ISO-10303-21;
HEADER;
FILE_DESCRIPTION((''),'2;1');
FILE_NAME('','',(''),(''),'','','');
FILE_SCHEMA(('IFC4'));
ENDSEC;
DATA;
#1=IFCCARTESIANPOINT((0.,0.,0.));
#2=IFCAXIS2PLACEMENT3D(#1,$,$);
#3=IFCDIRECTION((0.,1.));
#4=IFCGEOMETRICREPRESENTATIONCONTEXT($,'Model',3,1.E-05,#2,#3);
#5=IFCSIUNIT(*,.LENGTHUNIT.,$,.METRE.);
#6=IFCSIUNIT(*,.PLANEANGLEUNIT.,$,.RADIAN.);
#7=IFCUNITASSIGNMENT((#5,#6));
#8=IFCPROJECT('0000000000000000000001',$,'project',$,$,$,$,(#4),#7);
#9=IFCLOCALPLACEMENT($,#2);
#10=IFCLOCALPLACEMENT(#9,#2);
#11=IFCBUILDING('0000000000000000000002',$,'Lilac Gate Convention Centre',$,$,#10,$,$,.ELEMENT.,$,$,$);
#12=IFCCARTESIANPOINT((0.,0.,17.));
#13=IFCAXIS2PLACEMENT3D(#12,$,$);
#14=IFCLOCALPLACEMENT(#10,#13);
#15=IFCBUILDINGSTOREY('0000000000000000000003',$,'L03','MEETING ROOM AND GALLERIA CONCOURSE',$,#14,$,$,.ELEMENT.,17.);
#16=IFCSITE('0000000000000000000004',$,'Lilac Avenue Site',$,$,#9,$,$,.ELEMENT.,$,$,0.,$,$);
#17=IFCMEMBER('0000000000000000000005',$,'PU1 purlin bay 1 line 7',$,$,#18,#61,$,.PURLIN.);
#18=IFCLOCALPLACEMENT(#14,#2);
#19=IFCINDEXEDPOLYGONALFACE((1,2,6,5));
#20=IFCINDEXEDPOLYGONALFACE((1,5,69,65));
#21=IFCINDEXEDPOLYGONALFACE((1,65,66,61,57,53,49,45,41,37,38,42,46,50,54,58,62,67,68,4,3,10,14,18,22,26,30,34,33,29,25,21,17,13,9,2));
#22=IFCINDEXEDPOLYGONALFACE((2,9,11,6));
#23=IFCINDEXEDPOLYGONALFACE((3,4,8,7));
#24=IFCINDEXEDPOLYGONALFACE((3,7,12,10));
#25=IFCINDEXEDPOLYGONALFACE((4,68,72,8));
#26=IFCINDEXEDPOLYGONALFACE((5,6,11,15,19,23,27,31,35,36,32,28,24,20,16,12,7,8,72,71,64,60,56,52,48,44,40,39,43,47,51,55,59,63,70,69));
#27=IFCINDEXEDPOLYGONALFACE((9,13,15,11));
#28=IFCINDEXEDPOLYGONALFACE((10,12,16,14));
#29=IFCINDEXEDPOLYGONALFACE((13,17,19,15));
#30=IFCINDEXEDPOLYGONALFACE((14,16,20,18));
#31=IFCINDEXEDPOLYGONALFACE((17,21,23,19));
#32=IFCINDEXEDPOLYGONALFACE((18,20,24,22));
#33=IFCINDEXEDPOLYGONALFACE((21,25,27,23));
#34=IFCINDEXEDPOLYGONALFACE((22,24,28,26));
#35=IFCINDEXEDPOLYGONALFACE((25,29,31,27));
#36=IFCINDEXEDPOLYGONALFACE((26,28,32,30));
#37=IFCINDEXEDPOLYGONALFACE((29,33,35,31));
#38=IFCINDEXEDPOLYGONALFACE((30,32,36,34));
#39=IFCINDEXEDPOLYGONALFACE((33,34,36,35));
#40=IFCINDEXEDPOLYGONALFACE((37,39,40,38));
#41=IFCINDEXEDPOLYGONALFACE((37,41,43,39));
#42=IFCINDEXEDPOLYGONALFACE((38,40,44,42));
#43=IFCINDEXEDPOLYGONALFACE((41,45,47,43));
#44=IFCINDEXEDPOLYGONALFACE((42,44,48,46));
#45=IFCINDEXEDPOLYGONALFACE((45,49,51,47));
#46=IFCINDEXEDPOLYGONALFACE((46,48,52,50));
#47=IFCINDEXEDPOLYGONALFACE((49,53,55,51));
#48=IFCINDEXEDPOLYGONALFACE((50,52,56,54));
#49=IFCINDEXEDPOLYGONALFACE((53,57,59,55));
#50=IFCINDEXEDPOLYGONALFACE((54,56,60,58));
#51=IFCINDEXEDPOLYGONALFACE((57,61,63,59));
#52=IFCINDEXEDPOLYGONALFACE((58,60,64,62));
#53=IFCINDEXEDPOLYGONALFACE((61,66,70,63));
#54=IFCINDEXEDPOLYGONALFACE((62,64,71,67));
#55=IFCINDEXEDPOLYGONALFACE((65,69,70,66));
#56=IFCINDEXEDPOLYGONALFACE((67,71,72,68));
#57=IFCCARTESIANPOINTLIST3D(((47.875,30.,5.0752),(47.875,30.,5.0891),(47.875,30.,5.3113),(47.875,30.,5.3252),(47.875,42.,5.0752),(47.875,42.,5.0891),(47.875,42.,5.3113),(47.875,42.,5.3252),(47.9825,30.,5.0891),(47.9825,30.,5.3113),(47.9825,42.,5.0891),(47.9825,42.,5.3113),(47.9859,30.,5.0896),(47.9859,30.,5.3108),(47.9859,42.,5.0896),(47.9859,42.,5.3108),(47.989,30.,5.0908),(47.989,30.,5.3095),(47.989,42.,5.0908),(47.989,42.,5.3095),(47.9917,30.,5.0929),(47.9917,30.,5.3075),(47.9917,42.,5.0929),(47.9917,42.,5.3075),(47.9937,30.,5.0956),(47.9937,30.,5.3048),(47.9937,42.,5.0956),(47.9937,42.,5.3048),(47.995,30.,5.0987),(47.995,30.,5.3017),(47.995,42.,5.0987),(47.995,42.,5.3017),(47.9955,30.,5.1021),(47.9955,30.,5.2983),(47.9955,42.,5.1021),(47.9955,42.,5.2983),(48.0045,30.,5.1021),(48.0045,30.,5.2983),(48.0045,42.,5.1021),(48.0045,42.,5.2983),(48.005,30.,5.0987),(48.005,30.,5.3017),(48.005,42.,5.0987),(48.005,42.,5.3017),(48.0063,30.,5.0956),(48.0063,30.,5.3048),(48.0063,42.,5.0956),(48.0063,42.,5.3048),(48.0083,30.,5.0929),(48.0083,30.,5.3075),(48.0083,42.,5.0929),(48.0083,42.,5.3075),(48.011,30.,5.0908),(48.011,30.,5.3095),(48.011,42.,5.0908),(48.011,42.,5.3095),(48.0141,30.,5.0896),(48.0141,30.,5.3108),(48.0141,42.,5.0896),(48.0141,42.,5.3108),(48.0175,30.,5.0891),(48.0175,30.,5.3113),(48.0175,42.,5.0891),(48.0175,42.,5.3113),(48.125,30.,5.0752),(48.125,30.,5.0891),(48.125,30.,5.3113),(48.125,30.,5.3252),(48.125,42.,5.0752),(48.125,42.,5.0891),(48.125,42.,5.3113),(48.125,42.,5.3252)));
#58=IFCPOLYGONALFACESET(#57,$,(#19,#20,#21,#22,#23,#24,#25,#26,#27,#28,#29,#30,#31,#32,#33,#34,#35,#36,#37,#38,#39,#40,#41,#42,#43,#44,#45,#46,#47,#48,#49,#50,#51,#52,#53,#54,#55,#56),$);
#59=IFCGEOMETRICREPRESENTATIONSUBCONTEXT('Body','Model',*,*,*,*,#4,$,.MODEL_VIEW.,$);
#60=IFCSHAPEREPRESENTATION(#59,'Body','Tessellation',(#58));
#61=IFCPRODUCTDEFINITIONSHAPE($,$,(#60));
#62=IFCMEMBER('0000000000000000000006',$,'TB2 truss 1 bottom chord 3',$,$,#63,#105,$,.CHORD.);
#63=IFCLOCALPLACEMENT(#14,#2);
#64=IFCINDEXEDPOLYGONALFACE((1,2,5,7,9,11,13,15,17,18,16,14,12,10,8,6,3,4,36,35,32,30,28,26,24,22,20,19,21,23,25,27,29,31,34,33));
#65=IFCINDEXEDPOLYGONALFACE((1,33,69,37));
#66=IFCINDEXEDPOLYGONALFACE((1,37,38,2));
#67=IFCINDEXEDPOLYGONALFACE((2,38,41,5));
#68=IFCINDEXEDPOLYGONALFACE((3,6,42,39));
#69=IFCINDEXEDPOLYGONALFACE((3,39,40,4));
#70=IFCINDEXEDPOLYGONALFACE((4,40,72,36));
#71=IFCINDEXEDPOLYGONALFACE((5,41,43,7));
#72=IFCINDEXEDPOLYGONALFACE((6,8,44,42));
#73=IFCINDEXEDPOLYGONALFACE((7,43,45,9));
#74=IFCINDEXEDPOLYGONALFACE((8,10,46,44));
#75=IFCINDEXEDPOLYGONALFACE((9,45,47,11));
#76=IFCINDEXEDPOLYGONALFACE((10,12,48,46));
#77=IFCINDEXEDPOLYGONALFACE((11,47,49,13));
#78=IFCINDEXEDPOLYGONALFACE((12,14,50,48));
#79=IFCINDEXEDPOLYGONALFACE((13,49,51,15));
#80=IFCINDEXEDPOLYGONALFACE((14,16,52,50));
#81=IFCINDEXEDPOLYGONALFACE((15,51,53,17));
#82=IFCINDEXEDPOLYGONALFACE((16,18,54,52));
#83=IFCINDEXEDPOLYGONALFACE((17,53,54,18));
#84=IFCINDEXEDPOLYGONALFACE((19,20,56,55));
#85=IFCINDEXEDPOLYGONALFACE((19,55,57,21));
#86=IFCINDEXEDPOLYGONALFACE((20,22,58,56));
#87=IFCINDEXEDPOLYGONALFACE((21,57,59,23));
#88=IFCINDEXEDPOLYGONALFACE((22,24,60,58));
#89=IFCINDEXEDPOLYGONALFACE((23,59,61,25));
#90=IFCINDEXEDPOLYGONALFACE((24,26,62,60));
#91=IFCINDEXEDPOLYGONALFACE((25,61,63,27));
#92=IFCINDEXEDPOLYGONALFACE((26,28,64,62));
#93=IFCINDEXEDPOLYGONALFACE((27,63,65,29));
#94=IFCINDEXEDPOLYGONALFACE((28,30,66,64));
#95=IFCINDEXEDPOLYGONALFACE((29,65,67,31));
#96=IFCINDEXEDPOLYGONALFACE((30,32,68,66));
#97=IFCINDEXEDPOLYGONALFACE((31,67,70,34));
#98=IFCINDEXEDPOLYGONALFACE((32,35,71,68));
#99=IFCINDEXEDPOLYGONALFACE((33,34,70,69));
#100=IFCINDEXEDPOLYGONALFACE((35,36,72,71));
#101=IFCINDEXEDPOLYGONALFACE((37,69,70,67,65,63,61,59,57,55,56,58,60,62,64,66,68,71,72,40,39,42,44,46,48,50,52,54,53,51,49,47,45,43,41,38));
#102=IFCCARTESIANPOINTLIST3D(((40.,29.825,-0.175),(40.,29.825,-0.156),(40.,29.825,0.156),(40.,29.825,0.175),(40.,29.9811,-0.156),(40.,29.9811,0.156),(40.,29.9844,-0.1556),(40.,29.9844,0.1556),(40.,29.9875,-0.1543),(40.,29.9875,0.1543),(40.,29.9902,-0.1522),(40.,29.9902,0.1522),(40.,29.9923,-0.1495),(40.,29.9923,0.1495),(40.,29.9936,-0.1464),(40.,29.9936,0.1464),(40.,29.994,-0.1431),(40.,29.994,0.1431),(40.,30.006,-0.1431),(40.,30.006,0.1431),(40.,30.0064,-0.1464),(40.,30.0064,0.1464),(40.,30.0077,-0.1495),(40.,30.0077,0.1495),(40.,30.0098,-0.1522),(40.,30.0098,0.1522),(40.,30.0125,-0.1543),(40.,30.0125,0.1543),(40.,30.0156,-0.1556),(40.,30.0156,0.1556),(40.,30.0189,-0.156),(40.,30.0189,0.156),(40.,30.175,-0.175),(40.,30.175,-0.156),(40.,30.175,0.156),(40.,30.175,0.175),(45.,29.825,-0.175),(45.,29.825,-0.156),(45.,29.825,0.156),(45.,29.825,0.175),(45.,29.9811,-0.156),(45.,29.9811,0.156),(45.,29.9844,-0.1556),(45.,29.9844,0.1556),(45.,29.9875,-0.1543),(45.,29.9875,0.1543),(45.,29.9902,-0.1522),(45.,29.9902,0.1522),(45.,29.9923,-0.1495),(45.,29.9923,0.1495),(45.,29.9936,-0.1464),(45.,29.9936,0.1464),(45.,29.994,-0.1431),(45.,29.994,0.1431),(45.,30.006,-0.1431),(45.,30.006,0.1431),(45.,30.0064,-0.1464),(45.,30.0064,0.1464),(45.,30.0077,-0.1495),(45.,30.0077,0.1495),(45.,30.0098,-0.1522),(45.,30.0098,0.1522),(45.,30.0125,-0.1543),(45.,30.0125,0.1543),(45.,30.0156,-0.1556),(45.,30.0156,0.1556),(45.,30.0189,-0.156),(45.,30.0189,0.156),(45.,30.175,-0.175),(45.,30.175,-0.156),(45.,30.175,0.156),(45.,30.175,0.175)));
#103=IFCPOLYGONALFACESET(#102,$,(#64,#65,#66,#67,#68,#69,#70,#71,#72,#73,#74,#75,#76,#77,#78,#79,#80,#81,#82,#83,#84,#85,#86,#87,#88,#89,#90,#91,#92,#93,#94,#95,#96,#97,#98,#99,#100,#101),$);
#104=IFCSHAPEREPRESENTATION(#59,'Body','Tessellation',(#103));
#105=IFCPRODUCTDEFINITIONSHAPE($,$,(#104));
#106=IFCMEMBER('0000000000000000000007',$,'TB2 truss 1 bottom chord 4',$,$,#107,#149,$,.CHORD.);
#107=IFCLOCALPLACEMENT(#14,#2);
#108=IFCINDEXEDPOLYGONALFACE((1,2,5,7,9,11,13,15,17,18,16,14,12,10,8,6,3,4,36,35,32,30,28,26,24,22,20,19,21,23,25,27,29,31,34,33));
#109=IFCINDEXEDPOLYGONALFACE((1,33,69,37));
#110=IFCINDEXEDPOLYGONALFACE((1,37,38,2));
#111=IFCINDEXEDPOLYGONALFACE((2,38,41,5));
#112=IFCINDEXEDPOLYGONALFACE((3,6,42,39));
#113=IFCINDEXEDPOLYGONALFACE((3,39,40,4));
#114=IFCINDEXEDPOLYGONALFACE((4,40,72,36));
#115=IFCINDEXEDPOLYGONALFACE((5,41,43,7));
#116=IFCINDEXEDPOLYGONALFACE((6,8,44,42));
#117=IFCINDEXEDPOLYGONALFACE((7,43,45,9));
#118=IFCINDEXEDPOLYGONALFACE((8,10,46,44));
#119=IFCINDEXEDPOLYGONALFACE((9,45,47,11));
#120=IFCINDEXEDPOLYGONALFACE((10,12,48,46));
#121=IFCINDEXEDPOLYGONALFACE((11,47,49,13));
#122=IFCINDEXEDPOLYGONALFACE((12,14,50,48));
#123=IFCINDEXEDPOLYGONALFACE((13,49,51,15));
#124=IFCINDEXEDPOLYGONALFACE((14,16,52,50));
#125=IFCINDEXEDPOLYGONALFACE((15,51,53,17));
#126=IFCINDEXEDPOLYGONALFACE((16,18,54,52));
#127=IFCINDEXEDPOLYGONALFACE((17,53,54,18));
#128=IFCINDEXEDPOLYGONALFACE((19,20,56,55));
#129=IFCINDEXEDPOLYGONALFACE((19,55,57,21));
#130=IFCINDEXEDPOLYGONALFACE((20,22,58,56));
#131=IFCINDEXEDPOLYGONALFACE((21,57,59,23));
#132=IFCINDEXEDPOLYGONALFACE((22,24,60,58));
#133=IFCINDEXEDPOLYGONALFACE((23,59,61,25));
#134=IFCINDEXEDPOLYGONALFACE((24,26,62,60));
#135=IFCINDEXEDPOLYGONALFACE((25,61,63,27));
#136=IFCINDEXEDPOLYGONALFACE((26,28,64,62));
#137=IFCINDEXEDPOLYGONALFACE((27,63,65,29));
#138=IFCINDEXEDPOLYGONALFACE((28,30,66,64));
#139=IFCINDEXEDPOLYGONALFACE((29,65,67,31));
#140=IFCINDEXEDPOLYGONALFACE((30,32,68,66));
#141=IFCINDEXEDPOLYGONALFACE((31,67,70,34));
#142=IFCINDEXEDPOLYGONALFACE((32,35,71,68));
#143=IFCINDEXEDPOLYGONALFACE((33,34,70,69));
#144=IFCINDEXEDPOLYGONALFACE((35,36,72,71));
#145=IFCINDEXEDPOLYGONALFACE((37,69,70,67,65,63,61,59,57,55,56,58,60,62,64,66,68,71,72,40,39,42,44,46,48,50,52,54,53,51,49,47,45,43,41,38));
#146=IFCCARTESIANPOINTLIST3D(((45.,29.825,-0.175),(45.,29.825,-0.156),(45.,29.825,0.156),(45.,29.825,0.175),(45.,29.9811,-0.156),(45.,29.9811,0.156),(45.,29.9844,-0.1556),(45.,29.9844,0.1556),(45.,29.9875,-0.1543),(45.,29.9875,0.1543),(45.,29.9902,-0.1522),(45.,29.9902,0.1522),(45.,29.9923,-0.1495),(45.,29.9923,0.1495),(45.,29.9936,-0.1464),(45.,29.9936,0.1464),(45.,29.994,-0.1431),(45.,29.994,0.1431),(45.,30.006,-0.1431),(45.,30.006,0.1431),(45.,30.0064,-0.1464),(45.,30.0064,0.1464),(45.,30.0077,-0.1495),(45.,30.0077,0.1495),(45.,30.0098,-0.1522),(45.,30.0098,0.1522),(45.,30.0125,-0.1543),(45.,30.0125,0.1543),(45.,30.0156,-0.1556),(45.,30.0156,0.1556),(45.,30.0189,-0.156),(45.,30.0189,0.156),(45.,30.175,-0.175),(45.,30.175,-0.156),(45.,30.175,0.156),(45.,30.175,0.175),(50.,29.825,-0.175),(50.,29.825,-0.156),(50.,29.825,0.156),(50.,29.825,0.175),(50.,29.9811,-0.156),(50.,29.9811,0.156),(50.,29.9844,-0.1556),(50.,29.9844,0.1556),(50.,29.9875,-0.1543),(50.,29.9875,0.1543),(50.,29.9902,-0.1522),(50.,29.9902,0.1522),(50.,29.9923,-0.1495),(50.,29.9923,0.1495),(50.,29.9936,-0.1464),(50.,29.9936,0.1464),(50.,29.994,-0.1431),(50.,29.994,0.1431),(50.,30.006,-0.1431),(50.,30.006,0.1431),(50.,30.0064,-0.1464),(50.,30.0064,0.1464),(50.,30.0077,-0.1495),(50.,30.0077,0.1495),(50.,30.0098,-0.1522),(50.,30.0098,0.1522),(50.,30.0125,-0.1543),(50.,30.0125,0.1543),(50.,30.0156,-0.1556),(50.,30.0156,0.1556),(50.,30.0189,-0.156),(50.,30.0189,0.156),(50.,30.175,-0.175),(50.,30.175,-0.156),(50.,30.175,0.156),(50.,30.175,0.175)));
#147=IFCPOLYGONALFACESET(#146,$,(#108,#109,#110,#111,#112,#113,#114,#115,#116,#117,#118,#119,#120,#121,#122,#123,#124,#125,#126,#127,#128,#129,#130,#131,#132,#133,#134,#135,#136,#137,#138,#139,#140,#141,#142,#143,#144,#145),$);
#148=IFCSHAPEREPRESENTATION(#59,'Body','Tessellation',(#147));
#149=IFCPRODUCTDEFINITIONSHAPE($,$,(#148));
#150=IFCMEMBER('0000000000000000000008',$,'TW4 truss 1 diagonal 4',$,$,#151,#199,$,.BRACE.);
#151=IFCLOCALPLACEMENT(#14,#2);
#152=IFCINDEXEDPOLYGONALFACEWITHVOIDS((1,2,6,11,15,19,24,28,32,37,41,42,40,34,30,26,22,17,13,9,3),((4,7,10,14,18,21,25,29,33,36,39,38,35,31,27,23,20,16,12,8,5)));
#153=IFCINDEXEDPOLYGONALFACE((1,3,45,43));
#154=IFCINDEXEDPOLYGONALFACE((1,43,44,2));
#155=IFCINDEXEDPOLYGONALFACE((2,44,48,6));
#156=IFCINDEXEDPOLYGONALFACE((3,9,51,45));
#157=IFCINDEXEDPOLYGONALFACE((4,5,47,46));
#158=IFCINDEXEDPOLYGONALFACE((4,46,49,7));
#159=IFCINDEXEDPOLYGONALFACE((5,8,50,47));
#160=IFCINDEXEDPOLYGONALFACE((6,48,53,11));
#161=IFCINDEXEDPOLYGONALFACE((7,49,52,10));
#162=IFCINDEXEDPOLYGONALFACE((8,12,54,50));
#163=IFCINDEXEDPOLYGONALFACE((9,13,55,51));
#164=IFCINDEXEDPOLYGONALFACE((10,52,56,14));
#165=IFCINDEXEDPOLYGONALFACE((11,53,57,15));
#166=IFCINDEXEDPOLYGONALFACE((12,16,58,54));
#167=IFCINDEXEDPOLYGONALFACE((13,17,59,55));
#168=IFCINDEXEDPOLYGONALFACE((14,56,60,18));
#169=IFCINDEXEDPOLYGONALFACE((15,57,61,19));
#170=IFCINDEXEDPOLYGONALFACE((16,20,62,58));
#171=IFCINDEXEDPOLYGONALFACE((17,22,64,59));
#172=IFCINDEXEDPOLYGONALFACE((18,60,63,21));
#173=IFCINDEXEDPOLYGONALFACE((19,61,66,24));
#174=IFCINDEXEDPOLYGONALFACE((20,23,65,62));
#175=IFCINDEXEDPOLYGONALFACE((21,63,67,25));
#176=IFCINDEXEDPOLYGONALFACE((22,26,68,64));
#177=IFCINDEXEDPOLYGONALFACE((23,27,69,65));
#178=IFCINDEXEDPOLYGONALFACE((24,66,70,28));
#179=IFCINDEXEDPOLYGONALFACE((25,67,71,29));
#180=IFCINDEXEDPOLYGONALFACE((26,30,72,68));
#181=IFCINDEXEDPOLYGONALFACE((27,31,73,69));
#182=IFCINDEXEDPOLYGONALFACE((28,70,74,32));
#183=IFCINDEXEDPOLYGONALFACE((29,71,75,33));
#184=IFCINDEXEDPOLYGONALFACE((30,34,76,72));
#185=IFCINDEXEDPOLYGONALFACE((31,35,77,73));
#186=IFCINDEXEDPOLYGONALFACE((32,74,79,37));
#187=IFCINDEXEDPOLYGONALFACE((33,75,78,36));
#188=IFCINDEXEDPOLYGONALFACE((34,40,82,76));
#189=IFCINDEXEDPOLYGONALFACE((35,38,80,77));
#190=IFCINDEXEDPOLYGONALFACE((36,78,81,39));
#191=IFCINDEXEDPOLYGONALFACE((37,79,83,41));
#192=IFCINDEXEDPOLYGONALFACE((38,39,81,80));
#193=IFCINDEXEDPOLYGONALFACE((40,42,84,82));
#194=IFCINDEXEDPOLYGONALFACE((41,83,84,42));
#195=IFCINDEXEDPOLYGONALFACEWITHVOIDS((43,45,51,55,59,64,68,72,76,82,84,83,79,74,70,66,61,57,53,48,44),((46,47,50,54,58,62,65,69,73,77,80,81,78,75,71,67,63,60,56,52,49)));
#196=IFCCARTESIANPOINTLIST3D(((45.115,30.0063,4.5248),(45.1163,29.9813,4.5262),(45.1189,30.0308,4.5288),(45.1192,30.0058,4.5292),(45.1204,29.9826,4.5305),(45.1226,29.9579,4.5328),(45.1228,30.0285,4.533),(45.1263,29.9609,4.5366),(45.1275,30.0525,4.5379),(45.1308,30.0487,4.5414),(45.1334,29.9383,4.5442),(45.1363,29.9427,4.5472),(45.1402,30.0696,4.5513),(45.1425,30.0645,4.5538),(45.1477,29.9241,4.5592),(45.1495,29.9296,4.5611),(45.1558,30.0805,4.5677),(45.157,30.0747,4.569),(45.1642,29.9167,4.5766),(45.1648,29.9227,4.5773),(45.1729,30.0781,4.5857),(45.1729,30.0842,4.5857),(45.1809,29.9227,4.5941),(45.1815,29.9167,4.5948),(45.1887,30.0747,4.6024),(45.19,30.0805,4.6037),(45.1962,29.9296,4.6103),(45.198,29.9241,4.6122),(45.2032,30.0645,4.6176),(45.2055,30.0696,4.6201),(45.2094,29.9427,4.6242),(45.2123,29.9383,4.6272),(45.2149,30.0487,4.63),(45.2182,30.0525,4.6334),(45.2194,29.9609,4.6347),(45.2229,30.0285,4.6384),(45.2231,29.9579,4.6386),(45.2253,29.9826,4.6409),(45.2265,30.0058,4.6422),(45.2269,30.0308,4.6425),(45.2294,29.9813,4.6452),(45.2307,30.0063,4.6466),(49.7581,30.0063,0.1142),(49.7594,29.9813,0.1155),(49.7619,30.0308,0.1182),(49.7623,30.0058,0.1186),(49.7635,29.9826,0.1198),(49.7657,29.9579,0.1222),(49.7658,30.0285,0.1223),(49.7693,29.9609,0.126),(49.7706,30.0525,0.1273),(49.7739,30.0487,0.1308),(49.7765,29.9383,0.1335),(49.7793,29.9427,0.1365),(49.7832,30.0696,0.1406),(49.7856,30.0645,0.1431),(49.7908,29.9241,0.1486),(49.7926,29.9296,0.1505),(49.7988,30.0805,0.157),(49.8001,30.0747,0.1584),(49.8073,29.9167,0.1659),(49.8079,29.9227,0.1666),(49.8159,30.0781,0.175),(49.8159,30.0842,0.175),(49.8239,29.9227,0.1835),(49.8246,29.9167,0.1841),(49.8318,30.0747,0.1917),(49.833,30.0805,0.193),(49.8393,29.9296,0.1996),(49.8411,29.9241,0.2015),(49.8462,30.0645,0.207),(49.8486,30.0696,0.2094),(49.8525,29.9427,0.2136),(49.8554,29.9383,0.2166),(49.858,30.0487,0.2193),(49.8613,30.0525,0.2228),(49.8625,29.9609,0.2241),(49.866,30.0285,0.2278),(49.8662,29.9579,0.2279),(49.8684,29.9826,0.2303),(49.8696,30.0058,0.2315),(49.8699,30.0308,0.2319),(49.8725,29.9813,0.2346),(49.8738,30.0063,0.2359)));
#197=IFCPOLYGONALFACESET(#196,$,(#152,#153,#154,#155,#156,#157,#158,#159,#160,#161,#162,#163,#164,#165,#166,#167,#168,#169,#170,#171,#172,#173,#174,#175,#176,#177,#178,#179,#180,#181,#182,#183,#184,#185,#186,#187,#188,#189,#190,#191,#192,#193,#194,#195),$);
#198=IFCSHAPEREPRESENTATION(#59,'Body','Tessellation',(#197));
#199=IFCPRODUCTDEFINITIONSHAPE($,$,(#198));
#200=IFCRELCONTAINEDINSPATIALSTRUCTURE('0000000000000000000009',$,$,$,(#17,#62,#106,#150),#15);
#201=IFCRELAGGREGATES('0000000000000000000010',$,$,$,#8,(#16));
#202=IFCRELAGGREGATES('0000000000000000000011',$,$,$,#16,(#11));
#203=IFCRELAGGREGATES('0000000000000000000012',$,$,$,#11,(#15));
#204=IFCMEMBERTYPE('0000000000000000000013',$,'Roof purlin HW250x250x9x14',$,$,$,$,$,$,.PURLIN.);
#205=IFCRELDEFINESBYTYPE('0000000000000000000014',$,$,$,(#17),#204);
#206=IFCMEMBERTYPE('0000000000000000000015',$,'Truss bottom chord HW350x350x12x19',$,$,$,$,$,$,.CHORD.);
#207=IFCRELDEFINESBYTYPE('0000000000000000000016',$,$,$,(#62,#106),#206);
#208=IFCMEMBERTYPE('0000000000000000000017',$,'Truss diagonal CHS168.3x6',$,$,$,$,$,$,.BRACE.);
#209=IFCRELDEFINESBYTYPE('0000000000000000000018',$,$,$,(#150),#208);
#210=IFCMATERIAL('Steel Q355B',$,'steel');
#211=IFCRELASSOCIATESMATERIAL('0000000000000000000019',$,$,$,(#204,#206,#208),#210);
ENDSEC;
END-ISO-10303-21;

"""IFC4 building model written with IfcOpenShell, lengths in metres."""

from ifc_helpers import new_model, si_unit, direction, frame, origin, origin_2d, place, context, subcontext, project, spatial, hollow_circle, i_section, extrude, material, material_profile, profile_set, type_object, element, save


model = new_model("IFC4")

# Units and contexts
model_context = context("Model", 3, precision=1e-05, world=origin(), true_north=direction((0.0, 1.0)))
body_context = subcontext(model_context, "Body", "Model", "MODEL_VIEW")
ifc_project = project(units=[si_unit("LENGTHUNIT", "METRE"), si_unit("PLANEANGLEUNIT", "RADIAN")], contexts=[model_context])

# Site, building, storey
site_placement = place(None, origin())
site = spatial("IfcSite", under=ifc_project, at=site_placement, Name="Lilac Avenue Site", CompositionType="ELEMENT", RefElevation=0.0)
building_placement = place(site_placement, origin())
building = spatial("IfcBuilding", under=site, at=building_placement, Name="Lilac Gate Convention Centre", CompositionType="ELEMENT")
storey_placement = place(building_placement, frame((0.0, 0.0, 17.0)))
storey = spatial("IfcBuildingStorey", under=building, at=storey_placement, Name="L03", Description="MEETING ROOM AND GALLERIA CONCOURSE", CompositionType="ELEMENT", Elevation=17.0)

# Members
ifc_material = material(Name="Steel Q355B", Category="steel")
ifc_material_profile_1 = material_profile(ifc_material, i_section(OverallWidth=0.25, OverallDepth=0.25, WebThickness=0.009, FlangeThickness=0.0139, FilletRadius=0.0129, at=origin_2d()), Name="HW250x250x9x14")
ifc_profile_set_1 = profile_set([ifc_material_profile_1], Name="Steel Q355B")
member_type_1 = type_object("IfcMemberType", Name="Roof purlin HW250x250x9x14", PredefinedType="PURLIN", material=ifc_profile_set_1)
for number, where, z_axis, x_axis, name in (
    (1, (48.0, 30.0, 5.2002), (0.0, 1.0, 0.0), (-1.0, 0.0, 0.0), "PU1 purlin bay 1 line 7"),
):
    element("IfcMember", number, at=place(storey_placement, frame(where, z_axis=z_axis, x_axis=x_axis)), inside=storey, type_object=member_type_1, Name=name, PredefinedType="PURLIN", context=body_context, shape_type="SweptSolid", body=[
        extrude(i_section(OverallWidth=0.25, OverallDepth=0.25, WebThickness=0.009, FlangeThickness=0.0139, FilletRadius=0.0129, at=origin_2d()), origin(), (0.0, 0.0, 1.0), 12.0),
    ])
ifc_material_profile_2 = material_profile(ifc_material, i_section(OverallWidth=0.3501, OverallDepth=0.3501, WebThickness=0.012, FlangeThickness=0.019, FilletRadius=0.0129, at=origin_2d()), Name="HW350x350x12x19")
ifc_profile_set_2 = profile_set([ifc_material_profile_2], Name="Steel Q355B")
member_type_2 = type_object("IfcMemberType", Name="Truss bottom chord HW350x350x12x19", PredefinedType="CHORD", material=ifc_profile_set_2)
for number, where, z_axis, x_axis, name in (
    (2, (40.0, 30.0, 0.0), (1.0, 0.0, 0.0), (0.0, 1.0, 0.0), "TB2 truss 1 bottom chord 3"),
    (3, (45.0, 30.0, 0.0), (1.0, 0.0, 0.0), (0.0, 1.0, 0.0), "TB2 truss 1 bottom chord 4"),
):
    element("IfcMember", number, at=place(storey_placement, frame(where, z_axis=z_axis, x_axis=x_axis)), inside=storey, type_object=member_type_2, Name=name, PredefinedType="CHORD", context=body_context, shape_type="SweptSolid", body=[
        extrude(i_section(OverallWidth=0.3501, OverallDepth=0.3501, WebThickness=0.012, FlangeThickness=0.019, FilletRadius=0.0129, at=origin_2d()), origin(), (0.0, 0.0, 1.0), 5.0),
    ])
ifc_material_profile_3 = material_profile(ifc_material, hollow_circle(Radius=0.0842, WallThickness=0.0061, at=origin_2d()), Name="CHS168.3x6")
ifc_profile_set_3 = profile_set([ifc_material_profile_3], Name="Steel Q355B")
member_type_3 = type_object("IfcMemberType", Name="Truss diagonal CHS168.3x6", PredefinedType="BRACE", material=ifc_profile_set_3)
member_1_placement = place(storey_placement, frame((45.1729, 30.0, 4.5857), z_axis=(0.72502, 0.0, -0.688727), x_axis=(0.0, 1.0, 0.0)))
element("IfcMember", 4, at=member_1_placement, inside=storey, type_object=member_type_3, Name="TW4 truss 1 diagonal 4", PredefinedType="BRACE", context=body_context, shape_type="SweptSolid", body=[
    extrude(hollow_circle(Radius=0.0842, WallThickness=0.0061, at=origin_2d()), origin(), (0.0, 0.0, 1.0), 6.4041),
])

save(model, "model.ifc")
